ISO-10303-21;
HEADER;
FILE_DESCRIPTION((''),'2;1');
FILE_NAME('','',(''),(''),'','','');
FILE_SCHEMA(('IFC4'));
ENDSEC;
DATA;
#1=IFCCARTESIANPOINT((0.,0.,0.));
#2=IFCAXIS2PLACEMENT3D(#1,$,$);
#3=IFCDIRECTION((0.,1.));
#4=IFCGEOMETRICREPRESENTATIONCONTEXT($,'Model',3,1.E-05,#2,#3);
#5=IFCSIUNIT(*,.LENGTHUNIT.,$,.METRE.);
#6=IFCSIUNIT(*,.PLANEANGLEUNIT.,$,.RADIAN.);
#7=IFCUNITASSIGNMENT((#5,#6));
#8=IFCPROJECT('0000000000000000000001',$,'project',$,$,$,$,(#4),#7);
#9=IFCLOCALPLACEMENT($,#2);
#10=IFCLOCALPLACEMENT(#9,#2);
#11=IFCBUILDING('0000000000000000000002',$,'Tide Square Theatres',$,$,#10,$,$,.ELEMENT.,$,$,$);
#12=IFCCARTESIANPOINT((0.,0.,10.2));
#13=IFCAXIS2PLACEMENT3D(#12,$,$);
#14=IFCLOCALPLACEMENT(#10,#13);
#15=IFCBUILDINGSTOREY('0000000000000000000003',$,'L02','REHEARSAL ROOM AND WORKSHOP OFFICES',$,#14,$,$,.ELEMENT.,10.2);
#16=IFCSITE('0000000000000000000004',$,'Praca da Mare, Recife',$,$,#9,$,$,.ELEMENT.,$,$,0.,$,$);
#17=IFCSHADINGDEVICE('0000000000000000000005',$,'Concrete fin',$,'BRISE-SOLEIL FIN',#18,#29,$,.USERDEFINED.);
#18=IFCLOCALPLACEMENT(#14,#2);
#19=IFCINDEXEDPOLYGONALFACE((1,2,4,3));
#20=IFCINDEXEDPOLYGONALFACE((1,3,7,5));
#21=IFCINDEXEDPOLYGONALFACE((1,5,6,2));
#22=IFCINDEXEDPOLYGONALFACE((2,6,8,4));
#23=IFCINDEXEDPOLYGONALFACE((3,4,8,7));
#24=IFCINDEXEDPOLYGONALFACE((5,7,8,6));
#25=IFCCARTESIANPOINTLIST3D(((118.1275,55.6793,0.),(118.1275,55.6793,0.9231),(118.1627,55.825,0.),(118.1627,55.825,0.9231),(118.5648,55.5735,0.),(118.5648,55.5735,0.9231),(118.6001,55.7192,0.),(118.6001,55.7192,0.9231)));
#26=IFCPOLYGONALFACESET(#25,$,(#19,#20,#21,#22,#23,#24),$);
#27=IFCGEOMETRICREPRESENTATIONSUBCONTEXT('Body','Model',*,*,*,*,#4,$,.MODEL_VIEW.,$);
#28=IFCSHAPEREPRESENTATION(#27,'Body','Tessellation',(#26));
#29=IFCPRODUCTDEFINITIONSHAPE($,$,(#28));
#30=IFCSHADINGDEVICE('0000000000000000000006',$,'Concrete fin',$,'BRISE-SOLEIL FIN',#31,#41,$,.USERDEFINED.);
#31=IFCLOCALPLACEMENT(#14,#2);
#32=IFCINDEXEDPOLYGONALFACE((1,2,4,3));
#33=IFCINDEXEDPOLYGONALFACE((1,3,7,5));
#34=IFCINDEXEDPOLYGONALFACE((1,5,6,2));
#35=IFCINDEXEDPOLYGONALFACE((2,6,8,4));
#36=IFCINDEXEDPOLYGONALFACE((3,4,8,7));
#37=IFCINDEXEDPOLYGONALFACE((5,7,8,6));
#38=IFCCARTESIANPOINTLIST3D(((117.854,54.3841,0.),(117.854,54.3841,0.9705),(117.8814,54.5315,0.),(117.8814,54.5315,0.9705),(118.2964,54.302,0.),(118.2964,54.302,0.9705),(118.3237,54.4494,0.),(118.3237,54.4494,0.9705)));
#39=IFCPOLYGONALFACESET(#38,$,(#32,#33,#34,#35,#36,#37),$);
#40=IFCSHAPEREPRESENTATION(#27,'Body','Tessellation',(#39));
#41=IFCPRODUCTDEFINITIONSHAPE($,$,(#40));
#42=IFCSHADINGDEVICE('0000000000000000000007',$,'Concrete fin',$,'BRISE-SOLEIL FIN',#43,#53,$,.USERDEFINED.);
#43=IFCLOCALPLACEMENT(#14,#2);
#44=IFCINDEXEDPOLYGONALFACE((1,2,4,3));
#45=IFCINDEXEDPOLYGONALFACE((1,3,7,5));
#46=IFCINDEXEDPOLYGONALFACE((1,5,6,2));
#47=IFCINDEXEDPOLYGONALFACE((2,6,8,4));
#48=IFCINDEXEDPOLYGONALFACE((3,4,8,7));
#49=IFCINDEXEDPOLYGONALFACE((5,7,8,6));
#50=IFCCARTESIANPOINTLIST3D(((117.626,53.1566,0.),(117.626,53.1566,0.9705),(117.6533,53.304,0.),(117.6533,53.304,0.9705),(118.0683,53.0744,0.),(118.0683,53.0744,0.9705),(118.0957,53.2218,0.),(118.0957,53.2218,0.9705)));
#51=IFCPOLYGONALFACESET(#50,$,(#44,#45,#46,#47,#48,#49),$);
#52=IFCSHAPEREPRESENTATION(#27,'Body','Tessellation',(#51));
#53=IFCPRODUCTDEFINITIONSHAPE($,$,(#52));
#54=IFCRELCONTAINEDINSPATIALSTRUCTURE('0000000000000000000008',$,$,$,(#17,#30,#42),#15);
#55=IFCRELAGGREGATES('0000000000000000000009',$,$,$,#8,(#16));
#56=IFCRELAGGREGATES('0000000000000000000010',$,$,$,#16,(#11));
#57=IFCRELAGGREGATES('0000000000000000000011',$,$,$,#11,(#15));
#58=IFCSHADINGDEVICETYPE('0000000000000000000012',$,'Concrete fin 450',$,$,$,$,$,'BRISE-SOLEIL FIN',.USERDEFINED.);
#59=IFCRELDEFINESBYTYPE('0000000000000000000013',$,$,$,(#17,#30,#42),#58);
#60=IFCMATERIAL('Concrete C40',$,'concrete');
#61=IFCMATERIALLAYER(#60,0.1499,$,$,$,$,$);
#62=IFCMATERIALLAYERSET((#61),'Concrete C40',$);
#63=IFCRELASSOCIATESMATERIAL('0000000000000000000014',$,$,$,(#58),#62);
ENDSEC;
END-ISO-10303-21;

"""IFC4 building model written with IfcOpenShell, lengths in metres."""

from ifc_helpers import new_model, si_unit, direction, frame, origin, origin_2d, place, context, subcontext, project, spatial, rectangle, extrude, material, layer, layer_set, type_object, element, save


model = new_model("IFC4")

# Units and contexts
model_context = context("Model", 3, precision=1e-05, world=origin(), true_north=direction((0.0, 1.0)))
body_context = subcontext(model_context, "Body", "Model", "MODEL_VIEW")
ifc_project = project(units=[si_unit("LENGTHUNIT", "METRE"), si_unit("PLANEANGLEUNIT", "RADIAN")], contexts=[model_context])

# Site, building, storey
site_placement = place(None, origin())
site = spatial("IfcSite", under=ifc_project, at=site_placement, Name="Praca da Mare, Recife", CompositionType="ELEMENT", RefElevation=0.0)
building_placement = place(site_placement, origin())
building = spatial("IfcBuilding", under=site, at=building_placement, Name="Tide Square Theatres", CompositionType="ELEMENT")
storey_placement = place(building_placement, frame((0.0, 0.0, 10.2)))
storey = spatial("IfcBuildingStorey", under=building, at=storey_placement, Name="L02", Description="REHEARSAL ROOM AND WORKSHOP OFFICES", CompositionType="ELEMENT", Elevation=10.2)

# Shading devices
ifc_material_1 = material(Name="Concrete C40", Category="concrete")
ifc_layer_1 = layer(ifc_material_1, 0.1499)
ifc_layer_set_1 = layer_set([ifc_layer_1], Name="Concrete C40")
shading_device_type = type_object("IfcShadingDeviceType", Name="Concrete fin 450", ElementType="BRISE-SOLEIL FIN", PredefinedType="USERDEFINED", material=ifc_layer_set_1)
shading_device_placement = place(storey_placement, frame((118.3638, 55.6992, 0.0), z_axis=(0.0, 0.0, 1.0), x_axis=(-0.235142, -0.971961, 0.0)))
element("IfcShadingDevice", 1, at=shading_device_placement, inside=storey, type_object=shading_device_type, Name="Concrete fin", ObjectType="BRISE-SOLEIL FIN", PredefinedType="USERDEFINED", context=body_context, shape_type="SweptSolid", body=[
    extrude(rectangle(XDim=0.1499, YDim=0.45, at=origin_2d()), origin(), (0.0, 0.0, 1.0), 0.9231),
])
for number, where, z_axis, x_axis, name in (
    (2, (118.0889, 54.4167, 0.0), (0.0, 0.0, 1.0), (-0.18263, -0.983182, 0.0), "Concrete fin"),
    (3, (117.8608, 53.1892, 0.0), (0.0, 0.0, 1.0), (-0.18263, -0.983182, 0.0), "Concrete fin"),
):
    element("IfcShadingDevice", number, at=place(storey_placement, frame(where, z_axis=z_axis, x_axis=x_axis)), inside=storey, type_object=shading_device_type, Name=name, ObjectType="BRISE-SOLEIL FIN", PredefinedType="USERDEFINED", context=body_context, shape_type="SweptSolid", body=[
        extrude(rectangle(XDim=0.1499, YDim=0.45, at=origin_2d()), origin(), (0.0, 0.0, 1.0), 0.9705),
    ])

save(model, "model.ifc")
